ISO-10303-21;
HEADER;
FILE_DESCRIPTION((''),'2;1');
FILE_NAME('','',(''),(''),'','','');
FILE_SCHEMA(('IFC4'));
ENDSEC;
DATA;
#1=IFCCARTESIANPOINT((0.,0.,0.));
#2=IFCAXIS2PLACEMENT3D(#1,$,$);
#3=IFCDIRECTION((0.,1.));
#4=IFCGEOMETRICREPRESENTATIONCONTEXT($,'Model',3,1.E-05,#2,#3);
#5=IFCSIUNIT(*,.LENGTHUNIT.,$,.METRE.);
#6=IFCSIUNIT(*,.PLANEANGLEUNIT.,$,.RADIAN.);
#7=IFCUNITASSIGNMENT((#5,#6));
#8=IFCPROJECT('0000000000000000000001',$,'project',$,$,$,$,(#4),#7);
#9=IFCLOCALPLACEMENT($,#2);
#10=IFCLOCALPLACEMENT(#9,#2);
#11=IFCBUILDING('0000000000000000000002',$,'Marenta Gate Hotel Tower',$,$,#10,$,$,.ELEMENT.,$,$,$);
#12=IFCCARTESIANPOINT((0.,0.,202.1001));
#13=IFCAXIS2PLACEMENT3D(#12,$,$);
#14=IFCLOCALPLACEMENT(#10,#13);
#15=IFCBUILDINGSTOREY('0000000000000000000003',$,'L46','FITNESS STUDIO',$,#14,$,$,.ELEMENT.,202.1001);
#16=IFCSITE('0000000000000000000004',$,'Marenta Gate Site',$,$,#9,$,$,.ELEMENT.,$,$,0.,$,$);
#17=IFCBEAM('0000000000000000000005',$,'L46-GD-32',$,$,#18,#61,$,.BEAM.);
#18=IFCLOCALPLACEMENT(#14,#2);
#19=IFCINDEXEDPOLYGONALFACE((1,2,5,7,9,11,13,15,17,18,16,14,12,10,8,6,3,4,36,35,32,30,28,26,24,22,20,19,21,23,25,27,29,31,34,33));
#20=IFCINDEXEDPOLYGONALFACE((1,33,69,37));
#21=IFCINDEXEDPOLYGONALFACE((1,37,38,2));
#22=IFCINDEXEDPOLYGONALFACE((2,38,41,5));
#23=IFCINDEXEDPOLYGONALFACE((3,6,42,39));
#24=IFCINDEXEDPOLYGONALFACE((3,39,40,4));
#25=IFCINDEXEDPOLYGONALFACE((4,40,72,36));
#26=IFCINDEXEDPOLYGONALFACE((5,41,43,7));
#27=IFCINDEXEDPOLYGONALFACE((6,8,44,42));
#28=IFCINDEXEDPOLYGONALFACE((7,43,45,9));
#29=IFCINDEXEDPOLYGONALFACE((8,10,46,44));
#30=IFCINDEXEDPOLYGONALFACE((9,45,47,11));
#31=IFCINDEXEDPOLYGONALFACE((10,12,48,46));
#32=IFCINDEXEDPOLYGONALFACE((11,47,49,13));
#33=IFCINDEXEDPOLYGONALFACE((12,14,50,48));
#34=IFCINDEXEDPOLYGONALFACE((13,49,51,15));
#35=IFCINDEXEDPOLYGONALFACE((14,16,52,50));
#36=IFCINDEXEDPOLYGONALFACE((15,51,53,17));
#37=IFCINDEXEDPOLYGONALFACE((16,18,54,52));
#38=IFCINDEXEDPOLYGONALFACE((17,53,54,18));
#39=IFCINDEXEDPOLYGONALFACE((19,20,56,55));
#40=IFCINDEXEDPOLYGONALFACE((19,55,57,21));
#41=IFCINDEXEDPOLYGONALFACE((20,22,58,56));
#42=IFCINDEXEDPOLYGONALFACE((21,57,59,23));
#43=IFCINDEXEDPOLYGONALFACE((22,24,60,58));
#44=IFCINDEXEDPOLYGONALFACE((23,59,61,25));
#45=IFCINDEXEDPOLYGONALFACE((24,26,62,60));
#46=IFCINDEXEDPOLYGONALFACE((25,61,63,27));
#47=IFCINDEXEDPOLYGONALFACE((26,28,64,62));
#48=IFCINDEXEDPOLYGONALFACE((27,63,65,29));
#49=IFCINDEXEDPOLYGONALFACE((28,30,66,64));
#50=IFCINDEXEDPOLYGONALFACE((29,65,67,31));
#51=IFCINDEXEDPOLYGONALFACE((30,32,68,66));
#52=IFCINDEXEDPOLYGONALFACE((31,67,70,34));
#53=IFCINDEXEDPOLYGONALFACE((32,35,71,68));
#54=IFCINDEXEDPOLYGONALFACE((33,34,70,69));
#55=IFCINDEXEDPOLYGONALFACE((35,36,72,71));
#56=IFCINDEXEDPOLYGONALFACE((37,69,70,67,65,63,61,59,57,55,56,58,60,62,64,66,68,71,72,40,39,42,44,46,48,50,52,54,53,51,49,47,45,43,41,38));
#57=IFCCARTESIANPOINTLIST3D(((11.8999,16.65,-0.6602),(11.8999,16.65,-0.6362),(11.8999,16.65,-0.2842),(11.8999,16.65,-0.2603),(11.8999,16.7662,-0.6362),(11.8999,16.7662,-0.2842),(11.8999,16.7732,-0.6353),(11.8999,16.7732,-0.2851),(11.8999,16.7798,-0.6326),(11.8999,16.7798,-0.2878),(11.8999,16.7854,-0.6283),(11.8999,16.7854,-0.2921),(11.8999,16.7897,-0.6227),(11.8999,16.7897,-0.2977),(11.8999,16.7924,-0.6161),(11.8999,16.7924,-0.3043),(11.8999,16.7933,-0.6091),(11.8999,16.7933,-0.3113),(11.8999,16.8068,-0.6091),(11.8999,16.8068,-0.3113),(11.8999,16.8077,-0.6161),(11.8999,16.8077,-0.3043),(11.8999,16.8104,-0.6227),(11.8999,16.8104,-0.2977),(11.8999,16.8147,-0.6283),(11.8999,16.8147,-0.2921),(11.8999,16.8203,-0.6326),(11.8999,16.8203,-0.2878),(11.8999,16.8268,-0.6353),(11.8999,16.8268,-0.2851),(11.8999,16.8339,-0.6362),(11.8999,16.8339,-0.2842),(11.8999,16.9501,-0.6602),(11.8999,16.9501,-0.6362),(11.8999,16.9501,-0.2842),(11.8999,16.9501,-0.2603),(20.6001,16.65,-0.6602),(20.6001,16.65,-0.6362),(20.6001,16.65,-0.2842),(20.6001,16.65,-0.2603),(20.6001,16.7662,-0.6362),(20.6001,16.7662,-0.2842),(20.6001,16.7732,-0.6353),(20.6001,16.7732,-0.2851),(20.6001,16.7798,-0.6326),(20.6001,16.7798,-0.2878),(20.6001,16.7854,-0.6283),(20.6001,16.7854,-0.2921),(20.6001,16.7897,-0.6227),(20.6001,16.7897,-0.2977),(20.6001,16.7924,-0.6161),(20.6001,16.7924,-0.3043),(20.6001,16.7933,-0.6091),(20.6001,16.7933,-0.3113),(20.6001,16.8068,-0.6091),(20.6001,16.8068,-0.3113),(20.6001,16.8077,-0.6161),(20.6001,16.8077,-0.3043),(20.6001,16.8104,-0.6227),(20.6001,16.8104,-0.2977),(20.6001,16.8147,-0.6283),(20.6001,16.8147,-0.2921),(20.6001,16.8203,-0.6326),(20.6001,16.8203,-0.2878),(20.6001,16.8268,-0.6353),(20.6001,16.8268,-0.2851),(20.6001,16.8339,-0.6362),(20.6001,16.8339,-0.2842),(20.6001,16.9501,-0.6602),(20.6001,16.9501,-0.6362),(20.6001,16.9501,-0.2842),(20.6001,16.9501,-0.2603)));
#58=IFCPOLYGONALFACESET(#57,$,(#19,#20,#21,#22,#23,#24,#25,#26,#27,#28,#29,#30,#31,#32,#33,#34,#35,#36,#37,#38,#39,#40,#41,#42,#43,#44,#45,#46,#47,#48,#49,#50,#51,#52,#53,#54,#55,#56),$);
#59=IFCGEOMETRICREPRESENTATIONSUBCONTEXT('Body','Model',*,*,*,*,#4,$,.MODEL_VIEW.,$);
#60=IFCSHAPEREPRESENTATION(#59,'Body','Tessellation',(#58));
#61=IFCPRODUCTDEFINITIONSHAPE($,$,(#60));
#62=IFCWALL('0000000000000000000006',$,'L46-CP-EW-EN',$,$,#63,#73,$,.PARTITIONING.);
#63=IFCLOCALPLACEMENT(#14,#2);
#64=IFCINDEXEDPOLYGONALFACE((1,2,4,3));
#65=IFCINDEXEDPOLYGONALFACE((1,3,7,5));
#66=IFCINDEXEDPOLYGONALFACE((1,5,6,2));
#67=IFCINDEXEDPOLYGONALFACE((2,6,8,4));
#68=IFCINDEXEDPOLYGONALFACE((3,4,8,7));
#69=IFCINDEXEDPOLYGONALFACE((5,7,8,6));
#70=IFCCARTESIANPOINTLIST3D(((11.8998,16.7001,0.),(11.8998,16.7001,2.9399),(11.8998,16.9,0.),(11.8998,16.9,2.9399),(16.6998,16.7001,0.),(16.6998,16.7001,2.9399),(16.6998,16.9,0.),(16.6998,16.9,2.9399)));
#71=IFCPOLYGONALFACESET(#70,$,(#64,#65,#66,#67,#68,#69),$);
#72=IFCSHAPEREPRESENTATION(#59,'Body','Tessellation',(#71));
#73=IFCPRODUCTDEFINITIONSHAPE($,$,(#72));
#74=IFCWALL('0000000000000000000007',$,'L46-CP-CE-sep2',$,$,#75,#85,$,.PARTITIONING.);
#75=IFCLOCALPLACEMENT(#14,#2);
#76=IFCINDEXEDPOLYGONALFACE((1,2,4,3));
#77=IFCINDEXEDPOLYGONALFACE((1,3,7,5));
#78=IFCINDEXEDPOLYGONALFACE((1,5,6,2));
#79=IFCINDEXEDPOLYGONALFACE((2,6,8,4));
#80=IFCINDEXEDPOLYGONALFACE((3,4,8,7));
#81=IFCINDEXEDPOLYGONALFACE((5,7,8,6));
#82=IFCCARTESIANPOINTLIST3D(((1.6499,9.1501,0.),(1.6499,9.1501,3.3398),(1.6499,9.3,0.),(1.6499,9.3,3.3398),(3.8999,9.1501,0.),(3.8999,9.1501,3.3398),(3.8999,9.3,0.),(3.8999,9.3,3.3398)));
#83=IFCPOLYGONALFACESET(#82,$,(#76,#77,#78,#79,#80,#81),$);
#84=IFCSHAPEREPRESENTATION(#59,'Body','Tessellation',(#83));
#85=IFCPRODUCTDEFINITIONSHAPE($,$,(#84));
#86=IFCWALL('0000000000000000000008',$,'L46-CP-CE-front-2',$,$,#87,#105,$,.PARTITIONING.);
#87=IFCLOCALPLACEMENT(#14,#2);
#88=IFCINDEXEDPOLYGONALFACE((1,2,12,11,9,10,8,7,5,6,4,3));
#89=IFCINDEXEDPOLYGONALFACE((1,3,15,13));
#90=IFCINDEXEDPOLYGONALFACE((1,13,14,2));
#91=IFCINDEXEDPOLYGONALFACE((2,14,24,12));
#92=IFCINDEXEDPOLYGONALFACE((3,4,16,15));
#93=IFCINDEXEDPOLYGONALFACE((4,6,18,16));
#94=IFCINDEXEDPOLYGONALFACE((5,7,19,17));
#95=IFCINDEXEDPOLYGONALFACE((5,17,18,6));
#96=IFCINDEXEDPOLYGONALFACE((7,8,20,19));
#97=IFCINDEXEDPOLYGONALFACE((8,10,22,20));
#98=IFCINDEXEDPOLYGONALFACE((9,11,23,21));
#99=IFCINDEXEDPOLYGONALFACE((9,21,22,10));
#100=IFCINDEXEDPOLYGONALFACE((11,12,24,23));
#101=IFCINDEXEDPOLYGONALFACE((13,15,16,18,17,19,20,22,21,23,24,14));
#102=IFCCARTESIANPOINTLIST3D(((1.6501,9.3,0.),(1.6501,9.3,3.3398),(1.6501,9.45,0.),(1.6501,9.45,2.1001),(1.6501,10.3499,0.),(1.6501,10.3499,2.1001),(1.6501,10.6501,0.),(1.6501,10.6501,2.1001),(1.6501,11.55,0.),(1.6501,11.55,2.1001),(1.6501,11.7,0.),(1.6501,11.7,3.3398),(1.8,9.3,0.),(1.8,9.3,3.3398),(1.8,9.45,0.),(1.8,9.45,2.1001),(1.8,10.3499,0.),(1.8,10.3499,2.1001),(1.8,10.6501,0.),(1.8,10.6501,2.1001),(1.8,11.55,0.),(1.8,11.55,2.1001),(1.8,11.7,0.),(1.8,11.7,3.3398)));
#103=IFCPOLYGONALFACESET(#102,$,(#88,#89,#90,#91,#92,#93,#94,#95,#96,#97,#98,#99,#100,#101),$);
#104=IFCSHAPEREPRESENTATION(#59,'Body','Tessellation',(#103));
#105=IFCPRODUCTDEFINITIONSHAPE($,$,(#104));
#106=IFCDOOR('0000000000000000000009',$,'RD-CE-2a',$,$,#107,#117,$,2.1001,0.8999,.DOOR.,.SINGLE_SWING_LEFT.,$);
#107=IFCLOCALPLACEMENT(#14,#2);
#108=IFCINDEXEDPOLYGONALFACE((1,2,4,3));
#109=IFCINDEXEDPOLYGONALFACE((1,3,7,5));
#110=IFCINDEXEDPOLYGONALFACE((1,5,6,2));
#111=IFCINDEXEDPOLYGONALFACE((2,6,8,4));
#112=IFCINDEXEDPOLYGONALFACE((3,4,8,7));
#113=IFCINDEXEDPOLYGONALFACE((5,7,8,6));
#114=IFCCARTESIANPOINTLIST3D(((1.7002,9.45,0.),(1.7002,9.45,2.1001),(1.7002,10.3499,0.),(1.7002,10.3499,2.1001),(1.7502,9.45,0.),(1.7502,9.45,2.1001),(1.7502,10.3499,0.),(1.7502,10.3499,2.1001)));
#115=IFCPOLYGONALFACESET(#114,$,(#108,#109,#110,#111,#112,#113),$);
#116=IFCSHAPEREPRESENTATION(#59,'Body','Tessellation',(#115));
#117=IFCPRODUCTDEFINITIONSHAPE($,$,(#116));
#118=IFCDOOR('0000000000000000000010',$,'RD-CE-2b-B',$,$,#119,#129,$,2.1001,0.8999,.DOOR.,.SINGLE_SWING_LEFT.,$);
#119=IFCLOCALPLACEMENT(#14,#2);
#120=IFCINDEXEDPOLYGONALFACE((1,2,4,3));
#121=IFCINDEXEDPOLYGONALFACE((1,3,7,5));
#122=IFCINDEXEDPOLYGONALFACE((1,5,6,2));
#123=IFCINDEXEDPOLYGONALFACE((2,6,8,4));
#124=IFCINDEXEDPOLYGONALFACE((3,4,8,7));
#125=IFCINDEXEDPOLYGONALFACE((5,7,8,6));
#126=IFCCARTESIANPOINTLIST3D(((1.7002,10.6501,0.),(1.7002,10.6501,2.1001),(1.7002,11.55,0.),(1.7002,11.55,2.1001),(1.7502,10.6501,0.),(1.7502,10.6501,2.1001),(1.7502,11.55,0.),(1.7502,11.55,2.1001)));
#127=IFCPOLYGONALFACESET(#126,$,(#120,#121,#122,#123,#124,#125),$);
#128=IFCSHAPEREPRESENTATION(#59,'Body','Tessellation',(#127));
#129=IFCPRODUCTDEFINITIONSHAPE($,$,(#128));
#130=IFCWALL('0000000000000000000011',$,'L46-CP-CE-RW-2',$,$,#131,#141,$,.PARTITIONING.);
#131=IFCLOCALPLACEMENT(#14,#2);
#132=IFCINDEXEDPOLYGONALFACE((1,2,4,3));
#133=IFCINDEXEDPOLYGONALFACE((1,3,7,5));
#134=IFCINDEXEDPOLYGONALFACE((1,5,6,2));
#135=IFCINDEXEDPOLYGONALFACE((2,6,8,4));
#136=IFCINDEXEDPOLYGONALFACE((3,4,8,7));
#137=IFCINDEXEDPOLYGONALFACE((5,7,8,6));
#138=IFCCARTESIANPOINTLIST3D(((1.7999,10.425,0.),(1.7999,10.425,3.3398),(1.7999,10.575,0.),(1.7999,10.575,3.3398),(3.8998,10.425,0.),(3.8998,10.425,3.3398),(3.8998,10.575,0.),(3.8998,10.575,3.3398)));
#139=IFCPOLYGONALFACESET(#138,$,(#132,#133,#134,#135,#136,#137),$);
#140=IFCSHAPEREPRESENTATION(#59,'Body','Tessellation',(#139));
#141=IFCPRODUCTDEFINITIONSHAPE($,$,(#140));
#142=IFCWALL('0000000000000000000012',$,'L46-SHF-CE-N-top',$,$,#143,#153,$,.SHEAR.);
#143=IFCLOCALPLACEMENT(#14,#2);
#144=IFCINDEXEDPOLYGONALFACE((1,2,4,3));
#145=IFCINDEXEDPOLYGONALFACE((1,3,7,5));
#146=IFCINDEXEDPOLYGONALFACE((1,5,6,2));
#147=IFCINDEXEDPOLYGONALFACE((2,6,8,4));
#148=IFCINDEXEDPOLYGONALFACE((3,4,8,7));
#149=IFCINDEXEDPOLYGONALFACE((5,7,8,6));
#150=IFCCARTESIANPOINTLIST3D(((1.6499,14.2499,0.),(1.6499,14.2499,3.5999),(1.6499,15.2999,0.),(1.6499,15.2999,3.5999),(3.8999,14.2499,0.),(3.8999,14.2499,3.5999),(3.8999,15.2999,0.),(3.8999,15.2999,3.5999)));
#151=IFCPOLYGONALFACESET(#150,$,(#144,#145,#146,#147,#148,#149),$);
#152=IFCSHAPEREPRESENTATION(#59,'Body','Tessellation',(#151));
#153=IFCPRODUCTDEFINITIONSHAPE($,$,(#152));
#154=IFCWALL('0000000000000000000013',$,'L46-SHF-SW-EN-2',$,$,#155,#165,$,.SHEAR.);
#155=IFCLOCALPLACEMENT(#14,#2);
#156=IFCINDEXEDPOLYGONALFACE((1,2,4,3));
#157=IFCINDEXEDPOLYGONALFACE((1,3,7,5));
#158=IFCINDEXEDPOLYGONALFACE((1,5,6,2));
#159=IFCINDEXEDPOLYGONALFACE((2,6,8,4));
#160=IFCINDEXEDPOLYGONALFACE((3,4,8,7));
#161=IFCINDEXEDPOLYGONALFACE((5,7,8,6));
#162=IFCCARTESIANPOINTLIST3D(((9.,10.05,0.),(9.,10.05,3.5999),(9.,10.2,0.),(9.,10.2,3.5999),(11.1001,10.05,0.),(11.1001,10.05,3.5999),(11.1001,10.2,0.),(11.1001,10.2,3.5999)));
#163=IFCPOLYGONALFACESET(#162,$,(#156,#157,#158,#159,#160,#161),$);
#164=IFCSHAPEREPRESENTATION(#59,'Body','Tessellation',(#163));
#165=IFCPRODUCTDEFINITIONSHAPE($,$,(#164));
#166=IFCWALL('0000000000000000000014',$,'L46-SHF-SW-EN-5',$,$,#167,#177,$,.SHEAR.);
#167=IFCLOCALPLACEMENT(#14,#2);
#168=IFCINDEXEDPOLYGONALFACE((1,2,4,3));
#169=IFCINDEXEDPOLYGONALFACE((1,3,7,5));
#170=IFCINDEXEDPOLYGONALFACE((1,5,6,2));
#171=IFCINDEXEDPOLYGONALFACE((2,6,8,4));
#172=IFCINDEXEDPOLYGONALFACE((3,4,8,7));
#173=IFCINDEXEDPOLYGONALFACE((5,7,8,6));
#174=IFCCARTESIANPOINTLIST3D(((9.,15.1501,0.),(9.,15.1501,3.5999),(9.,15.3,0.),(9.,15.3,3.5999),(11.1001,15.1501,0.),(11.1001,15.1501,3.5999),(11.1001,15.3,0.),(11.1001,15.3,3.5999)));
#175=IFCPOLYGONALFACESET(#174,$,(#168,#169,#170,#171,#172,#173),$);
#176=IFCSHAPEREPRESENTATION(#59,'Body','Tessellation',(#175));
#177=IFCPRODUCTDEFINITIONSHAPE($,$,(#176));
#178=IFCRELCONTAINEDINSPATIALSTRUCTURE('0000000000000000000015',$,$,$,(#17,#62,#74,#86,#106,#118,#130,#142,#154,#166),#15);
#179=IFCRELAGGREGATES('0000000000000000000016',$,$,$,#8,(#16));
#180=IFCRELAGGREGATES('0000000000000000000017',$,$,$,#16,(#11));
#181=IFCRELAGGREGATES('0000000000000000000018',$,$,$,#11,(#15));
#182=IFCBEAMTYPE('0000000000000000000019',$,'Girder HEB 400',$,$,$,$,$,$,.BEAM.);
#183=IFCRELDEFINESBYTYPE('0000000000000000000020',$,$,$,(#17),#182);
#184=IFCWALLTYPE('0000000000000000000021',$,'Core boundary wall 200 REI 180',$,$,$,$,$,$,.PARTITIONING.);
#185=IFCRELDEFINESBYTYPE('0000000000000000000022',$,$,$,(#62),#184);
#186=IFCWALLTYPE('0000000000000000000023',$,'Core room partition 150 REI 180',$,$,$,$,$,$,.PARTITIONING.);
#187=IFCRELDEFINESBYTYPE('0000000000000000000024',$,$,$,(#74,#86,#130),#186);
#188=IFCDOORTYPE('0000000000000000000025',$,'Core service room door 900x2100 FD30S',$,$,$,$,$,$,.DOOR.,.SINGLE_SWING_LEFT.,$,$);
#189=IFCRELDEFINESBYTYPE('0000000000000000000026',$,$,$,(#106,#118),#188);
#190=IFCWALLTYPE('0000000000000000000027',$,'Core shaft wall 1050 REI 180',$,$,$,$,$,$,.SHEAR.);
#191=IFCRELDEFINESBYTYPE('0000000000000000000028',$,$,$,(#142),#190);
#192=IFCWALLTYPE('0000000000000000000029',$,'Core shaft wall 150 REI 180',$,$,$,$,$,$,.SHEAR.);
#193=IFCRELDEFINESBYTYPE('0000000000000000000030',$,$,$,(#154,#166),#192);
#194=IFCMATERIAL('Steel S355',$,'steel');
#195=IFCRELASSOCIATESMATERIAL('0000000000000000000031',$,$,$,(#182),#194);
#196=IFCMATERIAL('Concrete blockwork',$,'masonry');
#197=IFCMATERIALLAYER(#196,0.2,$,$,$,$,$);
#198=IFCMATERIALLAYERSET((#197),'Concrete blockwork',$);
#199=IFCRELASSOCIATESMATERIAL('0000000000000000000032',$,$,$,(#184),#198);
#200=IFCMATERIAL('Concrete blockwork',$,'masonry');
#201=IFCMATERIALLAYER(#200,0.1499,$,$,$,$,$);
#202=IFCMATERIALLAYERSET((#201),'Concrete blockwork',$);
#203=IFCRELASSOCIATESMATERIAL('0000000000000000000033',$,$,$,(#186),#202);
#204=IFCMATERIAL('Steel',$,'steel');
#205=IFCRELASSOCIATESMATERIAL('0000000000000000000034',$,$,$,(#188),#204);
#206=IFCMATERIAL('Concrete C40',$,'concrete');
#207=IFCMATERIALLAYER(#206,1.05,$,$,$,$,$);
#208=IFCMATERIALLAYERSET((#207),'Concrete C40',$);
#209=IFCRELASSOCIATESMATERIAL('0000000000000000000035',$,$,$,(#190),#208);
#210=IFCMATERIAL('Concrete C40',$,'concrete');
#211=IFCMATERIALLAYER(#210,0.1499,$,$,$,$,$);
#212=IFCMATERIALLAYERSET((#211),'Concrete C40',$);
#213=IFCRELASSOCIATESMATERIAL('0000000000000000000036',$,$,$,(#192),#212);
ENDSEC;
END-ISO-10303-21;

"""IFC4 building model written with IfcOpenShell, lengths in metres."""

from ifc_helpers import new_model, si_unit, direction, frame, frame_2d, origin, origin_2d, place, context, subcontext, project, spatial, rectangle, i_section, extrude, material, layer, layer_set, material_profile, profile_set, type_object, element, fill, save


model = new_model("IFC4")

# Units and contexts
model_context = context("Model", 3, precision=1e-05, world=origin(), true_north=direction((0.0, 1.0)))
body_context = subcontext(model_context, "Body", "Model", "MODEL_VIEW")
ifc_project = project(units=[si_unit("LENGTHUNIT", "METRE"), si_unit("PLANEANGLEUNIT", "RADIAN")], contexts=[model_context])

# Site, building, storey
site_placement = place(None, origin())
site = spatial("IfcSite", under=ifc_project, at=site_placement, Name="Marenta Gate Site", CompositionType="ELEMENT", RefElevation=0.0)
building_placement = place(site_placement, origin())
building = spatial("IfcBuilding", under=site, at=building_placement, Name="Marenta Gate Hotel Tower", CompositionType="ELEMENT")
storey_placement = place(building_placement, frame((0.0, 0.0, 202.1001)))
storey = spatial("IfcBuildingStorey", under=building, at=storey_placement, Name="L46", Description="FITNESS STUDIO", CompositionType="ELEMENT", Elevation=202.1001)

# Beam
ifc_material_1 = material(Name="Steel S355", Category="steel")
ifc_material_profile_1 = material_profile(ifc_material_1, i_section(OverallWidth=0.3, OverallDepth=0.3999, WebThickness=0.0134, FlangeThickness=0.0239, FilletRadius=0.0271, at=origin_2d()), Name="HEB 400")
ifc_profile_set_1 = profile_set([ifc_material_profile_1], Name="Steel S355")
beam_type_1 = type_object("IfcBeamType", Name="Girder HEB 400", PredefinedType="BEAM", material=ifc_profile_set_1)
beam_1_placement = place(storey_placement, frame((11.8999, 16.8, -0.4602), z_axis=(1.0, 0.0, 0.0), x_axis=(0.0, 1.0, 0.0)))
element("IfcBeam", 1, at=beam_1_placement, inside=storey, type_object=beam_type_1, Name="L46-GD-32", PredefinedType="BEAM", context=body_context, shape_type="SweptSolid", body=[
    extrude(i_section(OverallWidth=0.3, OverallDepth=0.3999, WebThickness=0.0134, FlangeThickness=0.0239, FilletRadius=0.0271, at=origin_2d()), origin(), (0.0, 0.0, 1.0), 8.7002),
])

# Walls
ifc_material_2 = material(Name="Concrete blockwork", Category="masonry")
ifc_layer_1 = layer(ifc_material_2, 0.2)
ifc_layer_set_1 = layer_set([ifc_layer_1], Name="Concrete blockwork")
wall_type_1 = type_object("IfcWallType", Name="Core boundary wall 200 REI 180", PredefinedType="PARTITIONING", material=ifc_layer_set_1)
wall_1_placement = place(storey_placement, frame((11.8999, 16.8, 0.0), z_axis=(0.0, 0.0, 1.0), x_axis=(1.0, 0.0, 0.0)))
element("IfcWall", 2, at=wall_1_placement, inside=storey, type_object=wall_type_1, Name="L46-CP-EW-EN", PredefinedType="PARTITIONING", context=body_context, shape_type="SweptSolid", body=[
    extrude(rectangle(XDim=4.8, YDim=0.2, at=frame_2d((2.3999, 0.0))), origin(), (0.0, 0.0, 1.0), 2.9399),
])
ifc_material_3 = material(Name="Concrete blockwork", Category="masonry")
ifc_layer_2 = layer(ifc_material_3, 0.1499)
ifc_layer_set_2 = layer_set([ifc_layer_2], Name="Concrete blockwork")
wall_type_2 = type_object("IfcWallType", Name="Core room partition 150 REI 180", PredefinedType="PARTITIONING", material=ifc_layer_set_2)
wall_2_placement = place(storey_placement, frame((1.6499, 9.2251, 0.0), z_axis=(0.0, 0.0, 1.0), x_axis=(1.0, 0.0, 0.0)))
element("IfcWall", 3, at=wall_2_placement, inside=storey, type_object=wall_type_2, Name="L46-CP-CE-sep2", PredefinedType="PARTITIONING", context=body_context, shape_type="SweptSolid", body=[
    extrude(rectangle(XDim=2.25, YDim=0.1499, at=frame_2d((1.125, 0.0))), origin(), (0.0, 0.0, 1.0), 3.3398),
])

# Wall, openings, doors
wall_3_placement = place(storey_placement, frame((1.7251, 9.3, 0.0), z_axis=(0.0, 0.0, 1.0), x_axis=(0.0, 1.0, 0.0)))
wall_3 = element("IfcWall", 4, at=wall_3_placement, inside=storey, type_object=wall_type_2, Name="L46-CP-CE-front-2", PredefinedType="PARTITIONING", context=body_context, shape_type="SweptSolid", body=[
    extrude(rectangle(XDim=2.3999, YDim=0.1499, at=frame_2d((1.2, 0.0))), origin(), (0.0, 0.0, 1.0), 3.3398),
])
opening_1_placement = place(wall_3_placement, frame((0.1499, 0.0, 0.0)))
opening_1 = element("IfcOpeningElement", 5, at=opening_1_placement, cuts=wall_3, PredefinedType="OPENING", context=body_context, shape_type="SweptSolid", body=[
    extrude(rectangle(XDim=0.8999, YDim=2.1001, at=frame_2d((0.45, 1.05))), frame((0.0, 0.075, 0.0), z_axis=(0.0, -1.0, 0.0), x_axis=(1.0, 0.0, 0.0)), (0.0, 0.0, 1.0), 0.1499),
])
opening_2_placement = place(wall_3_placement, frame((1.3501, 0.0, 0.0)))
opening_2 = element("IfcOpeningElement", 6, at=opening_2_placement, cuts=wall_3, PredefinedType="OPENING", context=body_context, shape_type="SweptSolid", body=[
    extrude(rectangle(XDim=0.8999, YDim=2.1001, at=frame_2d((0.45, 1.05))), frame((0.0, 0.075, 0.0), z_axis=(0.0, -1.0, 0.0), x_axis=(1.0, 0.0, 0.0)), (0.0, 0.0, 1.0), 0.1499),
])
ifc_material_4 = material(Name="Steel", Category="steel")
door_type_1 = type_object("IfcDoorType", Name="Core service room door 900x2100 FD30S", OperationType="SINGLE_SWING_LEFT", PredefinedType="DOOR", material=ifc_material_4)
door_1_placement = place(opening_1_placement, origin())
door_1 = element("IfcDoor", 7, at=door_1_placement, inside=storey, type_object=door_type_1, Name="RD-CE-2a", OperationType="SINGLE_SWING_LEFT", OverallHeight=2.1001, OverallWidth=0.8999, PredefinedType="DOOR", context=body_context, shape_type="SweptSolid", body=[
    extrude(rectangle(XDim=0.8999, YDim=2.1001, at=frame_2d((0.45, 1.05))), frame((0.0, 0.0249, 0.0), z_axis=(0.0, -1.0, 0.0), x_axis=(1.0, 0.0, 0.0)), (0.0, 0.0, 1.0), 0.05),
])
fill(opening_1, door_1)
door_2_placement = place(opening_2_placement, origin())
door_2 = element("IfcDoor", 8, at=door_2_placement, inside=storey, type_object=door_type_1, Name="RD-CE-2b-B", OperationType="SINGLE_SWING_LEFT", OverallHeight=2.1001, OverallWidth=0.8999, PredefinedType="DOOR", context=body_context, shape_type="SweptSolid", body=[
    extrude(rectangle(XDim=0.8999, YDim=2.1001, at=frame_2d((0.45, 1.05))), frame((0.0, 0.0249, 0.0), z_axis=(0.0, -1.0, 0.0), x_axis=(1.0, 0.0, 0.0)), (0.0, 0.0, 1.0), 0.05),
])
fill(opening_2, door_2)

# Walls
wall_4_placement = place(storey_placement, frame((1.8, 10.5, 0.0), z_axis=(0.0, 0.0, 1.0), x_axis=(1.0, 0.0, 0.0)))
element("IfcWall", 9, at=wall_4_placement, inside=storey, type_object=wall_type_2, Name="L46-CP-CE-RW-2", PredefinedType="PARTITIONING", context=body_context, shape_type="SweptSolid", body=[
    extrude(rectangle(XDim=2.0999, YDim=0.1499, at=frame_2d((1.0498, 0.0))), origin(), (0.0, 0.0, 1.0), 3.3398),
])
ifc_material_5 = material(Name="Concrete C40", Category="concrete")
ifc_layer_3 = layer(ifc_material_5, 1.05)
ifc_layer_set_3 = layer_set([ifc_layer_3], Name="Concrete C40")
wall_type_3 = type_object("IfcWallType", Name="Core shaft wall 1050 REI 180", PredefinedType="SHEAR", material=ifc_layer_set_3)
wall_5_placement = place(storey_placement, frame((1.6499, 14.7749, 0.0), z_axis=(0.0, 0.0, 1.0), x_axis=(1.0, 0.0, 0.0)))
element("IfcWall", 10, at=wall_5_placement, inside=storey, type_object=wall_type_3, Name="L46-SHF-CE-N-top", PredefinedType="SHEAR", context=body_context, shape_type="SweptSolid", body=[
    extrude(rectangle(XDim=2.25, YDim=1.05, at=frame_2d((1.125, 0.0))), origin(), (0.0, 0.0, 1.0), 3.5999),
])
ifc_material_6 = material(Name="Concrete C40", Category="concrete")
ifc_layer_4 = layer(ifc_material_6, 0.1499)
ifc_layer_set_4 = layer_set([ifc_layer_4], Name="Concrete C40")
wall_type_4 = type_object("IfcWallType", Name="Core shaft wall 150 REI 180", PredefinedType="SHEAR", material=ifc_layer_set_4)
for number, where, z_axis, x_axis, name in (
    (11, (9.0, 10.125, 0.0), (0.0, 0.0, 1.0), (1.0, 0.0, 0.0), "L46-SHF-SW-EN-2"),
    (12, (9.0, 15.2251, 0.0), (0.0, 0.0, 1.0), (1.0, 0.0, 0.0), "L46-SHF-SW-EN-5"),
):
    element("IfcWall", number, at=place(storey_placement, frame(where, z_axis=z_axis, x_axis=x_axis)), inside=storey, type_object=wall_type_4, Name=name, PredefinedType="SHEAR", context=body_context, shape_type="SweptSolid", body=[
        extrude(rectangle(XDim=2.1001, YDim=0.1499, at=frame_2d((1.05, 0.0))), origin(), (0.0, 0.0, 1.0), 3.5999),
    ])

save(model, "model.ifc")
